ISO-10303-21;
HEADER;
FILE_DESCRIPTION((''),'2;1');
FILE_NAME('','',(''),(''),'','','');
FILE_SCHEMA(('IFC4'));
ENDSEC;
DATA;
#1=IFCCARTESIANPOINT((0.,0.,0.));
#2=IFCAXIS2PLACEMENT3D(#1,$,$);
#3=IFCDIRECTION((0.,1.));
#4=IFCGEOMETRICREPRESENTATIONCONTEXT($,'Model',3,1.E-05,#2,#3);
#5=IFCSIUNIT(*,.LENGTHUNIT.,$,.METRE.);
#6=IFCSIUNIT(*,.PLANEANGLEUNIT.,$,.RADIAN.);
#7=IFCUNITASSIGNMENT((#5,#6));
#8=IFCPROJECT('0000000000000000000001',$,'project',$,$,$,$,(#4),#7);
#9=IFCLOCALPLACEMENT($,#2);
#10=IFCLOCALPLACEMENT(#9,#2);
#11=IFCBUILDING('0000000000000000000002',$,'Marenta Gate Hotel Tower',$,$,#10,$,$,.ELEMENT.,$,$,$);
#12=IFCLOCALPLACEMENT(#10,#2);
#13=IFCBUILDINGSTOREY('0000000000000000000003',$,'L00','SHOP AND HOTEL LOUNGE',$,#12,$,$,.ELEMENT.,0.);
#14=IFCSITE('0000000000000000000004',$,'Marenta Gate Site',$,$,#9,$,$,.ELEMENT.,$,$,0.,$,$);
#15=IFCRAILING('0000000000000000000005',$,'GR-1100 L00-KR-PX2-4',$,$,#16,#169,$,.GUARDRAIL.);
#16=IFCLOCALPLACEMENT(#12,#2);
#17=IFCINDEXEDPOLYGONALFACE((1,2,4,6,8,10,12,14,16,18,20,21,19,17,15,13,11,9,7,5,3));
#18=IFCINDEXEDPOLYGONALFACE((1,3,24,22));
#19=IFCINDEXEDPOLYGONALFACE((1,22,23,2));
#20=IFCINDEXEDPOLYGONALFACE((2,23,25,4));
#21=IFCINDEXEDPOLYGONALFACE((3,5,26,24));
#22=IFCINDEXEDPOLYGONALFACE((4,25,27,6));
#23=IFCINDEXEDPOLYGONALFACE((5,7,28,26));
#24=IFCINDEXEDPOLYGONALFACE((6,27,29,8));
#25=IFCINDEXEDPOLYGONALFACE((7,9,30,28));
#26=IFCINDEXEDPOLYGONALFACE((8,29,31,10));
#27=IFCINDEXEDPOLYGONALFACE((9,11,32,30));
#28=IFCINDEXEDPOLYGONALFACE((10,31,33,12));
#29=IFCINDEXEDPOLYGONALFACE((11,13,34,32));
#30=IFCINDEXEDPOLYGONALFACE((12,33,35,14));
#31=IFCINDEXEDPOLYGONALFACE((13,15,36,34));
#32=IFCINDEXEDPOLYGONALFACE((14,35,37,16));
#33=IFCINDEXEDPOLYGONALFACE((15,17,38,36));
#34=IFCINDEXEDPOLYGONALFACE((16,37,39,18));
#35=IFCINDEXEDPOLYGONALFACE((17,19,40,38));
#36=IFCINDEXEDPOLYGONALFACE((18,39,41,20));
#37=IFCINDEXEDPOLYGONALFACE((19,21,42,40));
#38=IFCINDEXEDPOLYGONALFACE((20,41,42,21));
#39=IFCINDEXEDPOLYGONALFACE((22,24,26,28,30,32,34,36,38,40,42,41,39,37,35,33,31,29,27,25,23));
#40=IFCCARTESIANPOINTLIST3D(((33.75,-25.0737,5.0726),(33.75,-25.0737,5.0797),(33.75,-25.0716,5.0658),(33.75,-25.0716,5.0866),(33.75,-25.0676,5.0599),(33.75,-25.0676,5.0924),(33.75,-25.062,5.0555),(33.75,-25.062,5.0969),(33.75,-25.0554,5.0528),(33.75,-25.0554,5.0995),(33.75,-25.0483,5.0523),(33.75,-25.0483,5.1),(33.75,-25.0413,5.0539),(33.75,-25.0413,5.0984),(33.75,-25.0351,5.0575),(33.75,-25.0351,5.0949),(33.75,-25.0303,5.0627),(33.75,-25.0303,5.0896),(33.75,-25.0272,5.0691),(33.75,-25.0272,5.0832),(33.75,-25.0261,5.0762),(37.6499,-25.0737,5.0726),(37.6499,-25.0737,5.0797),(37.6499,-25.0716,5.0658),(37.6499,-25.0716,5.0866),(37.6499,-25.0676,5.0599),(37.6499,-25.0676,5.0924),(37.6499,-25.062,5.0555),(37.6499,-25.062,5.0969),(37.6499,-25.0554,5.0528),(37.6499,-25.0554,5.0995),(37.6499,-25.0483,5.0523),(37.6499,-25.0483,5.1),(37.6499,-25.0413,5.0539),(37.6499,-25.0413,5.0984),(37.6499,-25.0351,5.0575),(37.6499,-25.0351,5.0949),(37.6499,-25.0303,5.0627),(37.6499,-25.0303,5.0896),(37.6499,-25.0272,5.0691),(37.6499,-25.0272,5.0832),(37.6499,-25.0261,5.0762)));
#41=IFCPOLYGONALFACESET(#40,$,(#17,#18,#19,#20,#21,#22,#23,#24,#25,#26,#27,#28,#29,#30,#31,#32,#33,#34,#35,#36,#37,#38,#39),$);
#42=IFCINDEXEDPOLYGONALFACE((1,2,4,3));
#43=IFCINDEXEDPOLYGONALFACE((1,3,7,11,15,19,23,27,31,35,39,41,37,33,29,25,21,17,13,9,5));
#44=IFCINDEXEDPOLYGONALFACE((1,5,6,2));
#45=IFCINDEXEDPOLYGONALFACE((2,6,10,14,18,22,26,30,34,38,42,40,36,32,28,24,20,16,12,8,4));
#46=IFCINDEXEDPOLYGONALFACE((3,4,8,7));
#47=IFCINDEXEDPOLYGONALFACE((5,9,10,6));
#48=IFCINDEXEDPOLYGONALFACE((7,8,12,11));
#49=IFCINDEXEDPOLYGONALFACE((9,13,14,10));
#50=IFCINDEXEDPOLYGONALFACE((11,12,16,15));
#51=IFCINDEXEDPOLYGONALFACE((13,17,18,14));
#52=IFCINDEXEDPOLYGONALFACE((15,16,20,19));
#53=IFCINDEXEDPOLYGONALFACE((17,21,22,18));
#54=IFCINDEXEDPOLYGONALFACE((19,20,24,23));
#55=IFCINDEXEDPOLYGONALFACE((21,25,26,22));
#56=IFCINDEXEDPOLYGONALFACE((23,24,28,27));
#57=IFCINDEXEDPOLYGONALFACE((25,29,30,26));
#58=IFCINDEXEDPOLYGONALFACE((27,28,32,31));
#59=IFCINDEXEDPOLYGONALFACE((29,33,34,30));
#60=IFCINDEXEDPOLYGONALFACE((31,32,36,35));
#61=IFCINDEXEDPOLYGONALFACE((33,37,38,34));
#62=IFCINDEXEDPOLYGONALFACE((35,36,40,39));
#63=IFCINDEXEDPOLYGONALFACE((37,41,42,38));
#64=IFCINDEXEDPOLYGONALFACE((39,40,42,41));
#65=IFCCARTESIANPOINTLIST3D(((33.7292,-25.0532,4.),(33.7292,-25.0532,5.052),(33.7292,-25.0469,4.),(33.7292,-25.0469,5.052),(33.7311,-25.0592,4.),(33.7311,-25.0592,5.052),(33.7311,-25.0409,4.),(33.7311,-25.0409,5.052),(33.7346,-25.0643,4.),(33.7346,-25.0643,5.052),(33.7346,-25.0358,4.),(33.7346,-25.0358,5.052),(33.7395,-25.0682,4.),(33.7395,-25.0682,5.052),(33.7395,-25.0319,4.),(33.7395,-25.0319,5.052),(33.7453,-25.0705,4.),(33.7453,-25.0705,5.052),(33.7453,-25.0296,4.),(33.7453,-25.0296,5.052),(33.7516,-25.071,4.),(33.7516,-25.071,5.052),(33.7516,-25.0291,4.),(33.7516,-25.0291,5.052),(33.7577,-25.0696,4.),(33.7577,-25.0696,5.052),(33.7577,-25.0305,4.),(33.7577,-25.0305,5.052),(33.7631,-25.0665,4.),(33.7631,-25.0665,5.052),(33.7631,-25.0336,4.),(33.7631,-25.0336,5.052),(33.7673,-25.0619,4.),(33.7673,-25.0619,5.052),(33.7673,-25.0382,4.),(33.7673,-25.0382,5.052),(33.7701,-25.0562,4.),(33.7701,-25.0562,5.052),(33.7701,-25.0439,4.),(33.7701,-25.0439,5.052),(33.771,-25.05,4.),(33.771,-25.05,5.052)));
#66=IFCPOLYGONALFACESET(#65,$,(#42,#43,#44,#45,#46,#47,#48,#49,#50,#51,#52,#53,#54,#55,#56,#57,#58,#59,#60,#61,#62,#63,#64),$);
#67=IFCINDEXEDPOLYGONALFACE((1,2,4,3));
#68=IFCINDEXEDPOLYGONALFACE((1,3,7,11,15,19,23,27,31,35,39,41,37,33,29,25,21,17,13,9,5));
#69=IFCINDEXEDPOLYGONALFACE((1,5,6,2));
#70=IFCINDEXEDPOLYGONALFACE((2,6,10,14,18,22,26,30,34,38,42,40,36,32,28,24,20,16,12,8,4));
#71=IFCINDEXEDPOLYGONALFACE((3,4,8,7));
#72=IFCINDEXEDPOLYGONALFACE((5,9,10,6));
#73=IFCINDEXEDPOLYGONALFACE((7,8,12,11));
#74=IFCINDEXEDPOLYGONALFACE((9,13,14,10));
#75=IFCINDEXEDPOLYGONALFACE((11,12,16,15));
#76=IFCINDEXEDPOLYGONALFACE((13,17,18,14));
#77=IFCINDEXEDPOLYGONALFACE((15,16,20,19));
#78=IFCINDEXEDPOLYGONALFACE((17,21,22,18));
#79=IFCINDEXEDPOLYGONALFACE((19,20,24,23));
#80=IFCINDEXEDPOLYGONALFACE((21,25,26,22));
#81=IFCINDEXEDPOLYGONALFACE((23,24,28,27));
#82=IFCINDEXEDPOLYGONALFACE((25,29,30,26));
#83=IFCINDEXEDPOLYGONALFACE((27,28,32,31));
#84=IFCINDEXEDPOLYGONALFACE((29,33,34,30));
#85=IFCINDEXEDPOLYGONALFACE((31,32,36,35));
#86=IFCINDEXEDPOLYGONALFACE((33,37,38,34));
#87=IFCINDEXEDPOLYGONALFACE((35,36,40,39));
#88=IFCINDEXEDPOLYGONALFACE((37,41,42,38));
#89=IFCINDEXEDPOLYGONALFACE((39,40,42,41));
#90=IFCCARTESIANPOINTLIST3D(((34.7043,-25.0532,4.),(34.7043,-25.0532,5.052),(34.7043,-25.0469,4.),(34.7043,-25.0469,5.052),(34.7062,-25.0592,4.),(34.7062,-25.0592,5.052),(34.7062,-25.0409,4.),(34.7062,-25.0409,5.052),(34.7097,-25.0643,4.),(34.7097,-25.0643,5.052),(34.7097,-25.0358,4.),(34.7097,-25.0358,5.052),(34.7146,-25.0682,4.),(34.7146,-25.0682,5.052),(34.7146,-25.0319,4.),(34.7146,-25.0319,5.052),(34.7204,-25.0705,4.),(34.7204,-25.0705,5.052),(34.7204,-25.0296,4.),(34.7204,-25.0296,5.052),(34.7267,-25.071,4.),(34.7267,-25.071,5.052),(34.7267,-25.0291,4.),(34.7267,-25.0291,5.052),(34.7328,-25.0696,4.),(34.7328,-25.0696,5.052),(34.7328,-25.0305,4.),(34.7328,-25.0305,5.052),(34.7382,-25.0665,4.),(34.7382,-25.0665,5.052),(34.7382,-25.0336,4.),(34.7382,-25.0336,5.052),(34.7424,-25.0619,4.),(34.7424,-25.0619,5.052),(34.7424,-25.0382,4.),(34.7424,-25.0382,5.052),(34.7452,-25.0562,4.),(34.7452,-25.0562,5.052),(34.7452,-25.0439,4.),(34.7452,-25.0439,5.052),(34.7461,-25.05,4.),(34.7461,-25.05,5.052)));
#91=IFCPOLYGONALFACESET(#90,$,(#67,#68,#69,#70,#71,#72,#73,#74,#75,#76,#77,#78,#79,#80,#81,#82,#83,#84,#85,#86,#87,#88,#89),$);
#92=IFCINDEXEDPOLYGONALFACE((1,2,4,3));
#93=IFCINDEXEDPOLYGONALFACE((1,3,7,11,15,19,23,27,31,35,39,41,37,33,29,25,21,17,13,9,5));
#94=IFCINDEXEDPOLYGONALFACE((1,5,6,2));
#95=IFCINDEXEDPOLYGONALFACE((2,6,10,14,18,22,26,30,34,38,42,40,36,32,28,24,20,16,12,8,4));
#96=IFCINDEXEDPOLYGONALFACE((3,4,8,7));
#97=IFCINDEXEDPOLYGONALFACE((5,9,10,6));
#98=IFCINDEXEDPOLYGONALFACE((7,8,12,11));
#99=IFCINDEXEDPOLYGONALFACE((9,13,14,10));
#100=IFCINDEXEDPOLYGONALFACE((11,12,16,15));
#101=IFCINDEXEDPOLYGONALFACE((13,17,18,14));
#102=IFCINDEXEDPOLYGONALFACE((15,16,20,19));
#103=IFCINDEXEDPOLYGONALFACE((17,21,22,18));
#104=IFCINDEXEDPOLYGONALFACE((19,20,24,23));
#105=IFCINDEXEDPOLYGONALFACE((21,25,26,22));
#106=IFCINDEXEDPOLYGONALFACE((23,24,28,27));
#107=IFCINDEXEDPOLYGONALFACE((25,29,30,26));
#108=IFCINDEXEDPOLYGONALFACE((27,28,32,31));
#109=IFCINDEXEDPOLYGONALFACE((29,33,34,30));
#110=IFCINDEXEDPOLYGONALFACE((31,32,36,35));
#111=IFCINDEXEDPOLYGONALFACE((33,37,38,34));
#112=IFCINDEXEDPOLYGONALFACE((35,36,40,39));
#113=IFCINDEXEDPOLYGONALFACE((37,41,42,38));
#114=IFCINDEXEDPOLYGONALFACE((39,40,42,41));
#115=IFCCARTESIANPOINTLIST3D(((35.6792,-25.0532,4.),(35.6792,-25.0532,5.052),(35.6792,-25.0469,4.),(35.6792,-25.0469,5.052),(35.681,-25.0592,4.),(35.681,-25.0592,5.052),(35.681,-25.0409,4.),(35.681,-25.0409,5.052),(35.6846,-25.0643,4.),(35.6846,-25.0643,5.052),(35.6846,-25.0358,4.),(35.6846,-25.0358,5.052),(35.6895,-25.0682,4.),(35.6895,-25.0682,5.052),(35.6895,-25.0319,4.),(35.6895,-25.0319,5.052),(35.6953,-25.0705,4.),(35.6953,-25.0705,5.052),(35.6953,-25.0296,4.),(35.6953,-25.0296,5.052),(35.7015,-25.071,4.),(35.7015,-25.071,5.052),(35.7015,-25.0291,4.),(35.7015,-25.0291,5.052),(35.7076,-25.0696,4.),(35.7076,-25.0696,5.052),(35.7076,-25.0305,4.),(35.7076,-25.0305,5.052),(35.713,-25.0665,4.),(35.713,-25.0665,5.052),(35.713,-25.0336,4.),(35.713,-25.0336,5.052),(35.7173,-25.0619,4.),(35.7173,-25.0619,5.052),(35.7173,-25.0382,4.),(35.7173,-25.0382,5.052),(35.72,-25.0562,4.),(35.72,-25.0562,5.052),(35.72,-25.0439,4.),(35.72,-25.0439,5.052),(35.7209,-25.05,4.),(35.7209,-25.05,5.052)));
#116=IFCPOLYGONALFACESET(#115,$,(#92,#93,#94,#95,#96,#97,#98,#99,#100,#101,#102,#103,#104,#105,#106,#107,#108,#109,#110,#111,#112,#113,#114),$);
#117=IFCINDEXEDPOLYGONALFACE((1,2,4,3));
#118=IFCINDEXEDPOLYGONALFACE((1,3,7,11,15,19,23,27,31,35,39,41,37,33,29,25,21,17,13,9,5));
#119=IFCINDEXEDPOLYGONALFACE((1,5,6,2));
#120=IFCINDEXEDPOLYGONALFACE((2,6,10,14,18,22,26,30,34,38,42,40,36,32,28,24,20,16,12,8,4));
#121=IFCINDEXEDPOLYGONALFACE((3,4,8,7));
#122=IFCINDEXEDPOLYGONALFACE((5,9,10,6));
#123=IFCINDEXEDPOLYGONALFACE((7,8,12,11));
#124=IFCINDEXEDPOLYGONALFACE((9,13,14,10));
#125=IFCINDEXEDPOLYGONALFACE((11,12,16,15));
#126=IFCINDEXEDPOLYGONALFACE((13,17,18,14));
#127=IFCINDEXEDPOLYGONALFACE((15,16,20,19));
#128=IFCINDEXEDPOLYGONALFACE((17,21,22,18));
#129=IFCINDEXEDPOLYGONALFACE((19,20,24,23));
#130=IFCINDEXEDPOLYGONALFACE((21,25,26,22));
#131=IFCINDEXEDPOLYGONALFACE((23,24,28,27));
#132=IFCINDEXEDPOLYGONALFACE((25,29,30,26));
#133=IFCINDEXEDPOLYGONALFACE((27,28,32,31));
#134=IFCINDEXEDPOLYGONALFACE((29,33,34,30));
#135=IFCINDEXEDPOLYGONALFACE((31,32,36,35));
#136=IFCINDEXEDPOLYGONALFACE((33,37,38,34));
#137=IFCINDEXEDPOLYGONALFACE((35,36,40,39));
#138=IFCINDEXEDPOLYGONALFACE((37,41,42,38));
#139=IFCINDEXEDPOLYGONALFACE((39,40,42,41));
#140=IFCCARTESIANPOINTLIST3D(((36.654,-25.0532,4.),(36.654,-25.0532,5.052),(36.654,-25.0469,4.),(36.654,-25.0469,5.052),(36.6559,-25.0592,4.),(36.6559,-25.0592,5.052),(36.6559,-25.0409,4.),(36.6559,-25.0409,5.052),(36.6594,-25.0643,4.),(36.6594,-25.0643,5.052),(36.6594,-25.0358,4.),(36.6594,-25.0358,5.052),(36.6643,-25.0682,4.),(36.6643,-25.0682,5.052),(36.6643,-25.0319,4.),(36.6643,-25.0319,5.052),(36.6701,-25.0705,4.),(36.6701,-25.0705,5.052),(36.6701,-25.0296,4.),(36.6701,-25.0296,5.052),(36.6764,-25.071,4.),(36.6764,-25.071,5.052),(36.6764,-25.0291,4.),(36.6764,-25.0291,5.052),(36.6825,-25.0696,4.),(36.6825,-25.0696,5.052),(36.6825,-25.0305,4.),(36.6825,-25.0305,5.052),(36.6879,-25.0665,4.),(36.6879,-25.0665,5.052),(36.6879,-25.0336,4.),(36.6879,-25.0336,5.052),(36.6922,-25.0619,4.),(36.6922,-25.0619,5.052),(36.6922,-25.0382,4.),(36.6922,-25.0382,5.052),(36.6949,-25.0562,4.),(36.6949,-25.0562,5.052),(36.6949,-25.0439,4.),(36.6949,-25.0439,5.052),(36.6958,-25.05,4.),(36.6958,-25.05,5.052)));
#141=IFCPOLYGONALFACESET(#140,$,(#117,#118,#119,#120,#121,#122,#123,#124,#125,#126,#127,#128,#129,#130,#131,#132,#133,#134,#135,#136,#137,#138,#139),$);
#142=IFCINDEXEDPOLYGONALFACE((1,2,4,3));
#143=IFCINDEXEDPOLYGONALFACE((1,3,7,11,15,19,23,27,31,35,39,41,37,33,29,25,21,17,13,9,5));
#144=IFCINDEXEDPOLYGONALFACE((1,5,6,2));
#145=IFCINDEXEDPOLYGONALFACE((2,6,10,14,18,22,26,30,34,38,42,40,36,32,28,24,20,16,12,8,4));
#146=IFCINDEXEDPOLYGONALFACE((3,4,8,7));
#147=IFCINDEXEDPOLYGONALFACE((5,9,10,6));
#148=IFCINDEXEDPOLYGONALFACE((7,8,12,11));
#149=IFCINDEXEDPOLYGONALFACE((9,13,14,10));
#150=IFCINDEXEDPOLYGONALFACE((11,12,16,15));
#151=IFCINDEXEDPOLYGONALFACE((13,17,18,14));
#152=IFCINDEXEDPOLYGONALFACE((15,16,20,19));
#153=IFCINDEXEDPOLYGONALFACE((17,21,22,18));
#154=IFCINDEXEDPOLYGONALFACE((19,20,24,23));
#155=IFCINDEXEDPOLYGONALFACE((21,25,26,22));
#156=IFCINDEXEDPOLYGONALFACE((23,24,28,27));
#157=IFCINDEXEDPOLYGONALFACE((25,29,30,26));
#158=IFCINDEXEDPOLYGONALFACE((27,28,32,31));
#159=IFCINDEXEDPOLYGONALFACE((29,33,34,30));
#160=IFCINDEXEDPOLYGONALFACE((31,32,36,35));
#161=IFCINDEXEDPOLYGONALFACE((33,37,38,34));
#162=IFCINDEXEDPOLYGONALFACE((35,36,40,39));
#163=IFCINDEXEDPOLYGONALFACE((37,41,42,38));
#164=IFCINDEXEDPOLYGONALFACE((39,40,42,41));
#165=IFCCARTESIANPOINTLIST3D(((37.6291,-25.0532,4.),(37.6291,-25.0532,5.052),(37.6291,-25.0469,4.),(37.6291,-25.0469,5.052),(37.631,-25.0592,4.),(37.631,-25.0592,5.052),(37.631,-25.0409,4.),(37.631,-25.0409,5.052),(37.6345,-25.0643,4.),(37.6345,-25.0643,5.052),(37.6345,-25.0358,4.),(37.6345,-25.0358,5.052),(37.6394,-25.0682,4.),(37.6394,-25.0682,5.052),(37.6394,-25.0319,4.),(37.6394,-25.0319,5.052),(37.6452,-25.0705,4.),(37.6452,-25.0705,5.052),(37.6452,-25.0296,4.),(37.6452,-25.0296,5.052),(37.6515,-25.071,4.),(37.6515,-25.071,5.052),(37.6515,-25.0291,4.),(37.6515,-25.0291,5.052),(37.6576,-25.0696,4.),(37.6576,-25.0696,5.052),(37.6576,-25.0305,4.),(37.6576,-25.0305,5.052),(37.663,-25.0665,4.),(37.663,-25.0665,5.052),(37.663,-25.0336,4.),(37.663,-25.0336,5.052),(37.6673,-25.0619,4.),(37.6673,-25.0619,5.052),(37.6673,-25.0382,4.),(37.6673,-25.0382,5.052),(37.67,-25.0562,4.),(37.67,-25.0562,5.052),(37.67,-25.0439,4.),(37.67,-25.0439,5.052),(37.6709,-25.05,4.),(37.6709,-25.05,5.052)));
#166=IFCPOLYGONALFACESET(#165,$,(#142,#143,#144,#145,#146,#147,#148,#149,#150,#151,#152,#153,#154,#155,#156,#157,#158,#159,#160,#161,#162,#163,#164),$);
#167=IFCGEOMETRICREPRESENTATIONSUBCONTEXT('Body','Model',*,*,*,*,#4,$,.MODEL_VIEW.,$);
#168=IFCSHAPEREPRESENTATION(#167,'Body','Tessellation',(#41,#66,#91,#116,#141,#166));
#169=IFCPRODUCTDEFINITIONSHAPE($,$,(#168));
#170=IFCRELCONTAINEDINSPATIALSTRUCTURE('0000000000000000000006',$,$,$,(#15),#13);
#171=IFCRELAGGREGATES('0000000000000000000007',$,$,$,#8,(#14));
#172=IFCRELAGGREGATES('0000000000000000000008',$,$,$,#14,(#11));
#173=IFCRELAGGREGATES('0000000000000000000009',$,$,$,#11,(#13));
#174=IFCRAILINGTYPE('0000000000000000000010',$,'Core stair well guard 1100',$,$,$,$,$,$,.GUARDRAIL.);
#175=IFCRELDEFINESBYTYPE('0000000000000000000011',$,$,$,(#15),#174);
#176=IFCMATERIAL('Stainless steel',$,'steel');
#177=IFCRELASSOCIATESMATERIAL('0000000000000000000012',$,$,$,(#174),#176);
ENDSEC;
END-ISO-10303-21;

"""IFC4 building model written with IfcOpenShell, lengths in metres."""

from ifc_helpers import new_model, si_unit, direction, frame, origin, origin_2d, place, context, subcontext, project, spatial, circle, extrude, material, type_object, element, save


model = new_model("IFC4")

# Units and contexts
model_context = context("Model", 3, precision=1e-05, world=origin(), true_north=direction((0.0, 1.0)))
body_context = subcontext(model_context, "Body", "Model", "MODEL_VIEW")
ifc_project = project(units=[si_unit("LENGTHUNIT", "METRE"), si_unit("PLANEANGLEUNIT", "RADIAN")], contexts=[model_context])

# Site, building, storey
site_placement = place(None, origin())
site = spatial("IfcSite", under=ifc_project, at=site_placement, Name="Marenta Gate Site", CompositionType="ELEMENT", RefElevation=0.0)
building_placement = place(site_placement, origin())
building = spatial("IfcBuilding", under=site, at=building_placement, Name="Marenta Gate Hotel Tower", CompositionType="ELEMENT")
storey_placement = place(building_placement, origin())
storey = spatial("IfcBuildingStorey", under=building, at=storey_placement, Name="L00", Description="SHOP AND HOTEL LOUNGE", CompositionType="ELEMENT", Elevation=0.0)

# Railing
ifc_material_1 = material(Name="Stainless steel", Category="steel")
railing_type = type_object("IfcRailingType", Name="Core stair well guard 1100", PredefinedType="GUARDRAIL", material=ifc_material_1)
for number, where, name in (
    (1, (33.75, -25.05, 4.0), "GR-1100 L00-KR-PX2-4"),
):
    element("IfcRailing", number, at=place(storey_placement, frame(where)), inside=storey, type_object=railing_type, Name=name, PredefinedType="GUARDRAIL", context=body_context, shape_type="SweptSolid", body=[
        extrude(circle(Radius=0.0239, at=origin_2d()), frame((0.0, 0.0, 1.0762), z_axis=(1.0, 0.0, 0.0), x_axis=(0.0, 1.0, 0.0)), (0.0, 0.0, 1.0), 3.8999),
        extrude(circle(Radius=0.021, at=origin_2d()), origin(), (0.0, 0.0, 1.0), 1.052),
        extrude(circle(Radius=0.021, at=origin_2d()), frame((0.9751, 0.0, 0.0)), (0.0, 0.0, 1.0), 1.052),
        extrude(circle(Radius=0.021, at=origin_2d()), frame((1.95, 0.0, 0.0)), (0.0, 0.0, 1.0), 1.052),
        extrude(circle(Radius=0.021, at=origin_2d()), frame((2.9248, 0.0, 0.0)), (0.0, 0.0, 1.0), 1.052),
        extrude(circle(Radius=0.021, at=origin_2d()), frame((3.8999, 0.0, 0.0)), (0.0, 0.0, 1.0), 1.052),
    ])

save(model, "model.ifc")
